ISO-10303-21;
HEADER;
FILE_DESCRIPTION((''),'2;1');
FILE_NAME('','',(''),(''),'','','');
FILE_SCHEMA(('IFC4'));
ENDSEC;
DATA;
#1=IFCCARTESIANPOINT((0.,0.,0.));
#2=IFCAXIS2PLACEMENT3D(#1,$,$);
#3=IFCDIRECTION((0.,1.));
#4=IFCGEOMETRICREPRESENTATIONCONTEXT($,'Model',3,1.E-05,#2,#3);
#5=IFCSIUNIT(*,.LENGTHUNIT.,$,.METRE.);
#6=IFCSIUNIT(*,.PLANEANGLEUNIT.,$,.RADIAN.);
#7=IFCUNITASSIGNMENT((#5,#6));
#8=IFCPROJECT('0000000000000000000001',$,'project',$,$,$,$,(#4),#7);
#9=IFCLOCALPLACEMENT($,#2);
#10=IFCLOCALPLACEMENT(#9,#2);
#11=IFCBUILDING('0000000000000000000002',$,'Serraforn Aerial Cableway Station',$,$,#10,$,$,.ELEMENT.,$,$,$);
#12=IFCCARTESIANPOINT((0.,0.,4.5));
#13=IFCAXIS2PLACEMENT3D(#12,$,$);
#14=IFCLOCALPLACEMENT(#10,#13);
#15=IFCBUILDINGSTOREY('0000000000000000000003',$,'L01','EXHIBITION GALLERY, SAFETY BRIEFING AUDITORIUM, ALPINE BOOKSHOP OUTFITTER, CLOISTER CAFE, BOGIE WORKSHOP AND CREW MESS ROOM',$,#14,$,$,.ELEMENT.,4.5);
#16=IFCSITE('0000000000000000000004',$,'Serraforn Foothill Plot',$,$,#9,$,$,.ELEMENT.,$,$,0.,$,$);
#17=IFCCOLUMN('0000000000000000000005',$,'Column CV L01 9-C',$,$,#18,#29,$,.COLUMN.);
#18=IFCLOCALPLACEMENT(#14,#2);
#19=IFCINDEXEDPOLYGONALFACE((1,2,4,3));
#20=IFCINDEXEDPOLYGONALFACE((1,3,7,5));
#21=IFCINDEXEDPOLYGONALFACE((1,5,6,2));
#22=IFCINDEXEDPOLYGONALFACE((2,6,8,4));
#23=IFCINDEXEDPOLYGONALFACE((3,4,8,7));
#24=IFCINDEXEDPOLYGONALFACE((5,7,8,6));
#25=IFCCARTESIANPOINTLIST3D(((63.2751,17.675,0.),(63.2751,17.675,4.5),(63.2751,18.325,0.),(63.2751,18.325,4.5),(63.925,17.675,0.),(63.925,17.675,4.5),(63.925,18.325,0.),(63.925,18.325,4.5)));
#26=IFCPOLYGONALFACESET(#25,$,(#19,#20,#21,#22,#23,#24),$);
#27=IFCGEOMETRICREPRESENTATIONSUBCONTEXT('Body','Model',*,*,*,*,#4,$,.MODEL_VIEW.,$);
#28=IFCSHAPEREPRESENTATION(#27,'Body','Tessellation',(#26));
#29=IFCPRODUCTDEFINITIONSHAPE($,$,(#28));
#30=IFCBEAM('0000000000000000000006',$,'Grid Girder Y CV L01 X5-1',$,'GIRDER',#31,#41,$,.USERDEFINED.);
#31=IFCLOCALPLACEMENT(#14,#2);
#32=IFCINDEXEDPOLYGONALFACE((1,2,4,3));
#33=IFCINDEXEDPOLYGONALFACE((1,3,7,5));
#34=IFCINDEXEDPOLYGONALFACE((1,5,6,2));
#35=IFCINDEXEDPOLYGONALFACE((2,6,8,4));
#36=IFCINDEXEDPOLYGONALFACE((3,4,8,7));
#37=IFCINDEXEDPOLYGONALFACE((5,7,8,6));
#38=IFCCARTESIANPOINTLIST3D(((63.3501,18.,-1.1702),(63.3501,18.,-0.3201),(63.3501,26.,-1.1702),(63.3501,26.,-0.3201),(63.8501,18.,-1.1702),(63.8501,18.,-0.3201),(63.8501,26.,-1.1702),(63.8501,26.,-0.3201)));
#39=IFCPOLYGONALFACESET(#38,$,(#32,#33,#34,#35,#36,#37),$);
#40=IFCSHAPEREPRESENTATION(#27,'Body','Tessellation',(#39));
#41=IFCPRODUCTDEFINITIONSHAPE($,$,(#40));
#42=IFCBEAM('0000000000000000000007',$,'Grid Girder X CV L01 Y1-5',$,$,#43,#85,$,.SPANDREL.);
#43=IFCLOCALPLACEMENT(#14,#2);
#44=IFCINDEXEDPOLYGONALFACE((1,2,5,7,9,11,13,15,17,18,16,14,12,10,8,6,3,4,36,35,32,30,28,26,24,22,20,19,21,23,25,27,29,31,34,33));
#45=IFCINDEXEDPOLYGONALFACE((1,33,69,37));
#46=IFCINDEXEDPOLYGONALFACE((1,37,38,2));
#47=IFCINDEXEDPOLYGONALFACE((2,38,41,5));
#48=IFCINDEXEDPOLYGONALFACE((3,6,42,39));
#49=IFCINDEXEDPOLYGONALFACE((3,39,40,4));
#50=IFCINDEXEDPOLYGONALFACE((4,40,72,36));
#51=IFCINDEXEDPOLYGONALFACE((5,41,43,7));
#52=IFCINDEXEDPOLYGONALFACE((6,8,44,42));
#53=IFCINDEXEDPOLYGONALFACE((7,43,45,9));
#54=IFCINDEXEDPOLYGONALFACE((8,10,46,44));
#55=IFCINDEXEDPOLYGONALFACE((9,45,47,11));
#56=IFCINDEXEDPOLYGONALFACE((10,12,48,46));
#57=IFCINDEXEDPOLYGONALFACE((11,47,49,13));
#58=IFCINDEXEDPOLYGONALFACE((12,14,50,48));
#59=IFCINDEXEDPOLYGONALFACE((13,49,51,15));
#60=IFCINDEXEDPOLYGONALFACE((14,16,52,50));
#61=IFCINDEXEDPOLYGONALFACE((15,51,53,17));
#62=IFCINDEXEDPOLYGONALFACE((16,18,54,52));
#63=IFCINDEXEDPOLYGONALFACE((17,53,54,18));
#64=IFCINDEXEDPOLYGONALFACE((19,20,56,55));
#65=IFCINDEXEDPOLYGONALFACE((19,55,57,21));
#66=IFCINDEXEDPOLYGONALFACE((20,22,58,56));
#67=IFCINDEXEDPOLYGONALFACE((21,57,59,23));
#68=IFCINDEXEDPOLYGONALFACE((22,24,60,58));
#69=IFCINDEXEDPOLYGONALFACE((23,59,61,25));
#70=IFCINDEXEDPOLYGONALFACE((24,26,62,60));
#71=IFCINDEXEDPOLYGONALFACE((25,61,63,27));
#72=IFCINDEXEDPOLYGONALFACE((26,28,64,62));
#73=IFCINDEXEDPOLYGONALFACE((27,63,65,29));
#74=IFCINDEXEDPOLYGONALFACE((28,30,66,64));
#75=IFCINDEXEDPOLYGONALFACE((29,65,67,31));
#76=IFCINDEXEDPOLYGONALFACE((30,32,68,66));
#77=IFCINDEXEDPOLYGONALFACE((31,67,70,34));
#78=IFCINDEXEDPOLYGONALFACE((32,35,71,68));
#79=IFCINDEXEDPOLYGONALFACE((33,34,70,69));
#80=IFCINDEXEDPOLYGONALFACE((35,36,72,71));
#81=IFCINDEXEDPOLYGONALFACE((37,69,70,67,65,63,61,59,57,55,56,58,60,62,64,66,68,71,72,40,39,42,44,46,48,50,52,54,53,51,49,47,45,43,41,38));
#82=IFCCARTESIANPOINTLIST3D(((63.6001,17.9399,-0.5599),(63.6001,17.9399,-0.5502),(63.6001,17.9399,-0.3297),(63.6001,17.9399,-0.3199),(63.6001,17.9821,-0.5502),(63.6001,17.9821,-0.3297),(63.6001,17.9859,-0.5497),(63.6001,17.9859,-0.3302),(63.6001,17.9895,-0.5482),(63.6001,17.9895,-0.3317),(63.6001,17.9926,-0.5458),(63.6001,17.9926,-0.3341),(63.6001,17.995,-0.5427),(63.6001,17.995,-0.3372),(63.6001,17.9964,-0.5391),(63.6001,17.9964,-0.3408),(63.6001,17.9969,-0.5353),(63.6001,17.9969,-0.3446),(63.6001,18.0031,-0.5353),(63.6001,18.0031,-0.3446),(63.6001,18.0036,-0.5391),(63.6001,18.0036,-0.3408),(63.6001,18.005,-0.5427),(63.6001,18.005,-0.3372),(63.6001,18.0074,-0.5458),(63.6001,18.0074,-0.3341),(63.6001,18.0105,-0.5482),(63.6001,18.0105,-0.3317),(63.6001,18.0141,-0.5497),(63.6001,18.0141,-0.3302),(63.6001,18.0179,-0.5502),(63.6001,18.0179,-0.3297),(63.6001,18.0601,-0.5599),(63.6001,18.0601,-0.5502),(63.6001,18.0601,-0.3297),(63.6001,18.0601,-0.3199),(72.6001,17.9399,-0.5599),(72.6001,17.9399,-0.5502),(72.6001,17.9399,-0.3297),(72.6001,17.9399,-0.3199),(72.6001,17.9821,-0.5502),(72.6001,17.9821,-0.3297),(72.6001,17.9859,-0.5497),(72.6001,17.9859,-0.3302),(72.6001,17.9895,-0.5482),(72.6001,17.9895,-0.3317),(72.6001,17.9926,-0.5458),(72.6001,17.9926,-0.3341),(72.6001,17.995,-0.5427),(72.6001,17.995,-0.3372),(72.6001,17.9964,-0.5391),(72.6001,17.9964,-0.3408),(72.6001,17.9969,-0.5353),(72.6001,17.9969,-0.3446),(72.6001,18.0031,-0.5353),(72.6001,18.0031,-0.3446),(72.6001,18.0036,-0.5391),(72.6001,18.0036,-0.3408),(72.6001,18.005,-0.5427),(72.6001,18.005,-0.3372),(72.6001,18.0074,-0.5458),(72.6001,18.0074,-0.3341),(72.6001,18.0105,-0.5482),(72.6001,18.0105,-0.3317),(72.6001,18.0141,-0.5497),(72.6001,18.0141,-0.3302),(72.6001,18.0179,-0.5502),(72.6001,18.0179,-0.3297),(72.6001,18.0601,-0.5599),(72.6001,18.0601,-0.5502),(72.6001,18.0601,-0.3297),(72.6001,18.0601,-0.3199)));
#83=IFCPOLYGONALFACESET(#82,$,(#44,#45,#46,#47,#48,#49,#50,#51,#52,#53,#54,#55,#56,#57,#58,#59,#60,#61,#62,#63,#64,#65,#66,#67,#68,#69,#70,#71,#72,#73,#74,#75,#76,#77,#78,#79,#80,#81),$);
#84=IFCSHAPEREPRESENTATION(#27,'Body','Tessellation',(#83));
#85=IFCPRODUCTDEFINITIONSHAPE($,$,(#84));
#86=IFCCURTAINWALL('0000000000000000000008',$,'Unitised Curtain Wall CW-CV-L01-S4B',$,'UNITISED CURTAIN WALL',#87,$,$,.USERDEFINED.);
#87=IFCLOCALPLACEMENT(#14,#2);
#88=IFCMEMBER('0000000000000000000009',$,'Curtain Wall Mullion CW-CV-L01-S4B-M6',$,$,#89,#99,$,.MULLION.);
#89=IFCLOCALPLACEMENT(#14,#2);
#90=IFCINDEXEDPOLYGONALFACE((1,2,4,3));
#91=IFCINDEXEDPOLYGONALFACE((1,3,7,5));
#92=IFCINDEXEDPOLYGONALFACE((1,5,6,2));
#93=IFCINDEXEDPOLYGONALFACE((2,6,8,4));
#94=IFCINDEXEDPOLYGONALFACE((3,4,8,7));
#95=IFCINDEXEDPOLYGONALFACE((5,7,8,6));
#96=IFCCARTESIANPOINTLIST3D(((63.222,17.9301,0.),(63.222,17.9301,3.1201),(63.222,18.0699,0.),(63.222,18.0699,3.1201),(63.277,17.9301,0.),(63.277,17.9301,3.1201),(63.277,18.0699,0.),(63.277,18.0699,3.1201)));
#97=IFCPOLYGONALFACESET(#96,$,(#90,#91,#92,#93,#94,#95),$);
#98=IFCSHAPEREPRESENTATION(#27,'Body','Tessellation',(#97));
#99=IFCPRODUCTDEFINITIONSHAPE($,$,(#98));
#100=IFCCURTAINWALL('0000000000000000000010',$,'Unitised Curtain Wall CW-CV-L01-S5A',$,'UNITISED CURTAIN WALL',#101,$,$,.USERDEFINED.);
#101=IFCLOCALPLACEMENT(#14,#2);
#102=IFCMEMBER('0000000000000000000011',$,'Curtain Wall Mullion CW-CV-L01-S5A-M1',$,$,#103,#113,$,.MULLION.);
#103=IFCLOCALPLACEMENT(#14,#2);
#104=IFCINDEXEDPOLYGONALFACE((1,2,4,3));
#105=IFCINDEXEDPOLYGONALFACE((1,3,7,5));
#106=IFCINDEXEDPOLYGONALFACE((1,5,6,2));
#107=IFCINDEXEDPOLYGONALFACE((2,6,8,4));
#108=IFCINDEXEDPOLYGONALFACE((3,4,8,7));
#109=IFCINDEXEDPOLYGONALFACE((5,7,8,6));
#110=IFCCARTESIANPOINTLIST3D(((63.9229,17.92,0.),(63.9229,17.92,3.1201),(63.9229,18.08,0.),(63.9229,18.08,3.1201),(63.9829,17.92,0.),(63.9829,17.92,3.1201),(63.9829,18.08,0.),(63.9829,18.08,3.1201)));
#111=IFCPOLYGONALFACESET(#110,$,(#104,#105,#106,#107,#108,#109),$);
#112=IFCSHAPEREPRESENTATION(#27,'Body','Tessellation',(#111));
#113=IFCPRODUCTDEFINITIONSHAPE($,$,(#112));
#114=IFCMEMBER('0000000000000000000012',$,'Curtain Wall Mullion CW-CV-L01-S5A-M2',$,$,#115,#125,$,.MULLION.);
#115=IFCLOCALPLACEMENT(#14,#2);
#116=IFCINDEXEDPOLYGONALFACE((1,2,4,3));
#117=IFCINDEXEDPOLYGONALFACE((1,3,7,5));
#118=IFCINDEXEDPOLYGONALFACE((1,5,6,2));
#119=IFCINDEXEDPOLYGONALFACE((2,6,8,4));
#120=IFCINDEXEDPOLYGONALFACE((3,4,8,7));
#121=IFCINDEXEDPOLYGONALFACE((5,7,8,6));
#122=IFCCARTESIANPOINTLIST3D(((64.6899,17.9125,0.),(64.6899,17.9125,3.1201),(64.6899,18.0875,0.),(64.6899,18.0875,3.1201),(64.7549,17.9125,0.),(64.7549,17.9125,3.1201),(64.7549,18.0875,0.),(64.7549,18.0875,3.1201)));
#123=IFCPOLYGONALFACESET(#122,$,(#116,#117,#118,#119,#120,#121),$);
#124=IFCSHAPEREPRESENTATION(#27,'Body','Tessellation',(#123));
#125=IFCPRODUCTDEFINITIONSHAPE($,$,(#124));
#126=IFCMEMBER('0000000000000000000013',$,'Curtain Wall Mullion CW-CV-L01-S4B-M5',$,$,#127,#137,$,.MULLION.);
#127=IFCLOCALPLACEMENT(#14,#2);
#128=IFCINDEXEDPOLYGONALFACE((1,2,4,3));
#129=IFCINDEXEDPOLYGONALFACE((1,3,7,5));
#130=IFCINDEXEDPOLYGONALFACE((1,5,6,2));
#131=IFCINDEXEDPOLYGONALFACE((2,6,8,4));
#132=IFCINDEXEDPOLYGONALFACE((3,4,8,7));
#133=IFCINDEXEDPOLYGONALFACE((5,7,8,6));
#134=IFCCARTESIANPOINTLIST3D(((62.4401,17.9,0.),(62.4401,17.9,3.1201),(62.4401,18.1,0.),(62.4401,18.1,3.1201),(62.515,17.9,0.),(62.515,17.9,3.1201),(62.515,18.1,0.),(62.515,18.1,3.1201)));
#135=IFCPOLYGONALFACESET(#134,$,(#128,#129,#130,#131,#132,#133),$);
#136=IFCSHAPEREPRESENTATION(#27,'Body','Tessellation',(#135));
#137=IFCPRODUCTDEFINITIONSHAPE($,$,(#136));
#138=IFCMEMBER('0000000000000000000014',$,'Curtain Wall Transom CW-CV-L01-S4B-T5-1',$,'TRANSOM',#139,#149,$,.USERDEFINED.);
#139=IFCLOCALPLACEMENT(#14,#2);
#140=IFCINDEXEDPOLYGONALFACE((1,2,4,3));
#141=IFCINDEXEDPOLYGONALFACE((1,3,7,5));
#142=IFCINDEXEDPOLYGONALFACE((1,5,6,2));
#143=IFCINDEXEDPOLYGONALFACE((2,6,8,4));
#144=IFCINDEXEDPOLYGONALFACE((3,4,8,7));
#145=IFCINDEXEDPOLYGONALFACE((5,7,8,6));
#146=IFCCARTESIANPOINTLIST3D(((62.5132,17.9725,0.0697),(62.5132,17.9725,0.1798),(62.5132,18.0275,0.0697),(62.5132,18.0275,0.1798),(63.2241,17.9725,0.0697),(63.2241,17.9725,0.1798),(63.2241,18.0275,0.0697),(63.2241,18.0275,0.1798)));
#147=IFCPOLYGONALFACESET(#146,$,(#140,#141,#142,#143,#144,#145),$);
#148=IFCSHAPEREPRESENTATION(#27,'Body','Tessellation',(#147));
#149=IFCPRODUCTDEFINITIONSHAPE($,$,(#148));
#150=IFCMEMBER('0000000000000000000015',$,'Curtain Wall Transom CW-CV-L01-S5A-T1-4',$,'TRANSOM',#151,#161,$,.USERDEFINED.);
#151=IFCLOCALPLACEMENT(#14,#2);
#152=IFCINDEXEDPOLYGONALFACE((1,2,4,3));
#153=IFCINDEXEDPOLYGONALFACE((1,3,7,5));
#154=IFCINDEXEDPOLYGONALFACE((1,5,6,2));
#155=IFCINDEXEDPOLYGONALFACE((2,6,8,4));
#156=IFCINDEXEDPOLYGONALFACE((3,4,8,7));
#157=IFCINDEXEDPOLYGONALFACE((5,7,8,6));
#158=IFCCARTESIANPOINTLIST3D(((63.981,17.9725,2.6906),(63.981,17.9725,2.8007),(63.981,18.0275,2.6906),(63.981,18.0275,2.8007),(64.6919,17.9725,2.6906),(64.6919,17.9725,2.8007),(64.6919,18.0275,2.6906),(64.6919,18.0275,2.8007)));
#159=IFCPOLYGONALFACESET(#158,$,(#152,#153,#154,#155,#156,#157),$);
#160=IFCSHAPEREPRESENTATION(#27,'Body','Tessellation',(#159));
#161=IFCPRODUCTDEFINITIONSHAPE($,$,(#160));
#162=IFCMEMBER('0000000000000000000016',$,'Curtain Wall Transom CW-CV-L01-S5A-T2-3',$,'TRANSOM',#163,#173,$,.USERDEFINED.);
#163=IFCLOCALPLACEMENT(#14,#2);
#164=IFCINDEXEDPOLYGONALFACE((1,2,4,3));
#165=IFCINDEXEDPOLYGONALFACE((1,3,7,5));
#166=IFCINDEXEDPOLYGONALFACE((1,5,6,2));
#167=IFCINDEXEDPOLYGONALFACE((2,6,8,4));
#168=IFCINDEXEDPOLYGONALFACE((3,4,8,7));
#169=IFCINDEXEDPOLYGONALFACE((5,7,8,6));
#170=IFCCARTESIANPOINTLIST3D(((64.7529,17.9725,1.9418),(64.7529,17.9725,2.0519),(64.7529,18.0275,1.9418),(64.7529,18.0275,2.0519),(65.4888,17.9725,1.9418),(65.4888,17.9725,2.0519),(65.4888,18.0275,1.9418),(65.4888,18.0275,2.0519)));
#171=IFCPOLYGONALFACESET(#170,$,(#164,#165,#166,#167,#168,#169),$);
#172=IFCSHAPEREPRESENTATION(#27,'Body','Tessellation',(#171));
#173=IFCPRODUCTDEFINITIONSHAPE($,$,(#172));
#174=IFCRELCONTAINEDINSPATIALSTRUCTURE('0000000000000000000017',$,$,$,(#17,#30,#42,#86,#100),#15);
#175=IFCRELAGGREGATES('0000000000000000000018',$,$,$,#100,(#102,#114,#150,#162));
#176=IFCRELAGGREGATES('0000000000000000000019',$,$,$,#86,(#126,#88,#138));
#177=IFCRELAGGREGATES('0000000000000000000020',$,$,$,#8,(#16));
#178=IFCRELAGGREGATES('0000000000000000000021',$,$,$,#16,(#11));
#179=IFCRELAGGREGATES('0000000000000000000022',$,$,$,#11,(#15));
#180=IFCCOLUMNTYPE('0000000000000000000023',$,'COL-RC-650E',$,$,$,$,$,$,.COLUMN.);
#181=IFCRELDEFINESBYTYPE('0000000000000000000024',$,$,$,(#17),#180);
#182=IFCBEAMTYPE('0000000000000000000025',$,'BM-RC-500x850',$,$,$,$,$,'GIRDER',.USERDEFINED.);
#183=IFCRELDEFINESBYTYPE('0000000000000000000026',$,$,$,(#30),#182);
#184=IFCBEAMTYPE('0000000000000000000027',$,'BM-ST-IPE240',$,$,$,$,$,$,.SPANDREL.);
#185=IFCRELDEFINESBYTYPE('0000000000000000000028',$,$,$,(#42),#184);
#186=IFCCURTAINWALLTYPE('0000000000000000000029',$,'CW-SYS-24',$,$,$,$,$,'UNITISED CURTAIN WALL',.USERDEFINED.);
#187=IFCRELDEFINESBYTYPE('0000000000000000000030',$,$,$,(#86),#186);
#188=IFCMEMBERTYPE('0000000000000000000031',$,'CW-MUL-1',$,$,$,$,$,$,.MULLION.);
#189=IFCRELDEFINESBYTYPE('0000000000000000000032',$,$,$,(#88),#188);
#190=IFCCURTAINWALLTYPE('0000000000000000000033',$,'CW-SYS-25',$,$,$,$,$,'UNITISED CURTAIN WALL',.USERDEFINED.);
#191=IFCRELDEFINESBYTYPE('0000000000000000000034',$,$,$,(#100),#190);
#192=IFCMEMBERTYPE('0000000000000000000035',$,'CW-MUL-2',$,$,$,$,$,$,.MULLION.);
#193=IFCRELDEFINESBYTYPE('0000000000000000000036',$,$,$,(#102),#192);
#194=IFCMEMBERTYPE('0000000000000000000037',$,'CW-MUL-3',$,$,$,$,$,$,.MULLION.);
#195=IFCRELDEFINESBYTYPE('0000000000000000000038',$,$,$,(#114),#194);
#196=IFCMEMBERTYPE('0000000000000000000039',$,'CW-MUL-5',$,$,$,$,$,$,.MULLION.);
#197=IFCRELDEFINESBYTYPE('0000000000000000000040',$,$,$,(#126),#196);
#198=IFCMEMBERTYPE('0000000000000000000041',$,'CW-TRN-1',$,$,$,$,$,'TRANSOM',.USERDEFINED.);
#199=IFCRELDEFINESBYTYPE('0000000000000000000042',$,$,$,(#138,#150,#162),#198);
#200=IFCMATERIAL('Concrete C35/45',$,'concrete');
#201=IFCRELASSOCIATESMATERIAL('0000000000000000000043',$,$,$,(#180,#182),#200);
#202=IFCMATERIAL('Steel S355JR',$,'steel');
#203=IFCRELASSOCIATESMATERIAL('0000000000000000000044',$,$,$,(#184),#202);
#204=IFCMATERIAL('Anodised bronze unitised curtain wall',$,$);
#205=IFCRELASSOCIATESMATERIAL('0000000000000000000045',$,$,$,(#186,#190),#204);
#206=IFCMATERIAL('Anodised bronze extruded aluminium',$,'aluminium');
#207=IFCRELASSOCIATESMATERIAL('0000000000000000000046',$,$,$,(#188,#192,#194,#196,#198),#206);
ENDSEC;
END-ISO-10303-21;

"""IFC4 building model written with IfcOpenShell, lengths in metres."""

from ifc_helpers import new_model, si_unit, direction, frame, origin, origin_2d, place, context, subcontext, project, spatial, rectangle, i_section, extrude, material, material_profile, profile_set, type_object, element, aggregate, save


model = new_model("IFC4")

# Units and contexts
model_context = context("Model", 3, precision=1e-05, world=origin(), true_north=direction((0.0, 1.0)))
body_context = subcontext(model_context, "Body", "Model", "MODEL_VIEW")
ifc_project = project(units=[si_unit("LENGTHUNIT", "METRE"), si_unit("PLANEANGLEUNIT", "RADIAN")], contexts=[model_context])

# Site, building, storey
site_placement = place(None, origin())
site = spatial("IfcSite", under=ifc_project, at=site_placement, Name="Serraforn Foothill Plot", CompositionType="ELEMENT", RefElevation=0.0)
building_placement = place(site_placement, origin())
building = spatial("IfcBuilding", under=site, at=building_placement, Name="Serraforn Aerial Cableway Station", CompositionType="ELEMENT")
storey_placement = place(building_placement, frame((0.0, 0.0, 4.5)))
storey = spatial("IfcBuildingStorey", under=building, at=storey_placement, Name="L01", Description="EXHIBITION GALLERY, SAFETY BRIEFING AUDITORIUM, ALPINE BOOKSHOP OUTFITTER, CLOISTER CAFE, BOGIE WORKSHOP AND CREW MESS ROOM", CompositionType="ELEMENT", Elevation=4.5)

# Column
ifc_material_1 = material(Name="Concrete C35/45", Category="concrete")
ifc_material_profile_1 = material_profile(ifc_material_1, rectangle(XDim=0.6499, YDim=0.6499, at=origin_2d()), Name="RC 650x650")
ifc_profile_set_1 = profile_set([ifc_material_profile_1], Name="Concrete C35/45")
column_type = type_object("IfcColumnType", Name="COL-RC-650E", PredefinedType="COLUMN", material=ifc_profile_set_1)
column_placement = place(storey_placement, frame((63.6001, 18.0, 0.0), z_axis=(0.0, 0.0, 1.0), x_axis=(1.0, 0.0, 0.0)))
element("IfcColumn", 1, at=column_placement, inside=storey, type_object=column_type, Name="Column CV L01 9-C", PredefinedType="COLUMN", context=body_context, shape_type="SweptSolid", body=[
    extrude(rectangle(XDim=0.6499, YDim=0.6499, at=origin_2d()), origin(), (0.0, 0.0, 1.0), 4.5),
])

# Beams
ifc_material_profile_2 = material_profile(ifc_material_1, rectangle(XDim=0.5, YDim=0.8501, at=origin_2d()), Name="RC 500x850")
ifc_profile_set_2 = profile_set([ifc_material_profile_2], Name="Concrete C35/45")
beam_type_1 = type_object("IfcBeamType", Name="BM-RC-500x850", ElementType="GIRDER", PredefinedType="USERDEFINED", material=ifc_profile_set_2)
beam_1_placement = place(storey_placement, frame((63.6001, 18.0, -0.7451), z_axis=(0.0, 1.0, 0.0), x_axis=(-1.0, 0.0, 0.0)))
element("IfcBeam", 2, at=beam_1_placement, inside=storey, type_object=beam_type_1, Name="Grid Girder Y CV L01 X5-1", ObjectType="GIRDER", PredefinedType="USERDEFINED", context=body_context, shape_type="SweptSolid", body=[
    extrude(rectangle(XDim=0.5, YDim=0.8501, at=origin_2d()), origin(), (0.0, 0.0, 1.0), 8.0),
])
ifc_material_2 = material(Name="Steel S355JR", Category="steel")
ifc_material_profile_3 = material_profile(ifc_material_2, i_section(OverallWidth=0.1201, OverallDepth=0.24, WebThickness=0.0061, FlangeThickness=0.0098, FilletRadius=0.0149, at=origin_2d()), Name="IPE 240")
ifc_profile_set_3 = profile_set([ifc_material_profile_3], Name="Steel S355JR")
beam_type_2 = type_object("IfcBeamType", Name="BM-ST-IPE240", PredefinedType="SPANDREL", material=ifc_profile_set_3)
beam_2_placement = place(storey_placement, frame((63.6001, 18.0, -0.4399), z_axis=(1.0, 0.0, 0.0), x_axis=(0.0, 1.0, 0.0)))
element("IfcBeam", 3, at=beam_2_placement, inside=storey, type_object=beam_type_2, Name="Grid Girder X CV L01 Y1-5", PredefinedType="SPANDREL", context=body_context, shape_type="SweptSolid", body=[
    extrude(i_section(OverallWidth=0.1201, OverallDepth=0.24, WebThickness=0.0061, FlangeThickness=0.0098, FilletRadius=0.0149, at=origin_2d()), origin(), (0.0, 0.0, 1.0), 9.0),
])

# Curtain wall, member
ifc_material_3 = material(Name="Anodised bronze unitised curtain wall")
curtain_wall_type_1 = type_object("IfcCurtainWallType", Name="CW-SYS-24", ElementType="UNITISED CURTAIN WALL", PredefinedType="USERDEFINED", material=ifc_material_3)
curtain_wall_1_placement = place(storey_placement, origin())
curtain_wall_1 = element("IfcCurtainWall", 4, at=curtain_wall_1_placement, inside=storey, type_object=curtain_wall_type_1, Name="Unitised Curtain Wall CW-CV-L01-S4B", ObjectType="UNITISED CURTAIN WALL", PredefinedType="USERDEFINED")
ifc_material_4 = material(Name="Anodised bronze extruded aluminium", Category="aluminium")
ifc_material_profile_4 = material_profile(ifc_material_4, rectangle(XDim=0.0549, YDim=0.1399, at=origin_2d()), Name="CW MULLION 55x140")
ifc_profile_set_4 = profile_set([ifc_material_profile_4], Name="Anodised bronze extruded aluminium")
member_type_1 = type_object("IfcMemberType", Name="CW-MUL-1", PredefinedType="MULLION", material=ifc_profile_set_4)
member_1_placement = place(storey_placement, frame((63.2495, 18.0, 0.0), z_axis=(0.0, 0.0, 1.0), x_axis=(1.0, 0.0, 0.0)))
member_1 = element("IfcMember", 5, at=member_1_placement, type_object=member_type_1, Name="Curtain Wall Mullion CW-CV-L01-S4B-M6", PredefinedType="MULLION", context=body_context, shape_type="SweptSolid", body=[
    extrude(rectangle(XDim=0.0549, YDim=0.1399, at=origin_2d()), origin(), (0.0, 0.0, 1.0), 3.1201),
])

# Curtain wall, members
curtain_wall_type_2 = type_object("IfcCurtainWallType", Name="CW-SYS-25", ElementType="UNITISED CURTAIN WALL", PredefinedType="USERDEFINED", material=ifc_material_3)
curtain_wall_2_placement = place(storey_placement, origin())
curtain_wall_2 = element("IfcCurtainWall", 6, at=curtain_wall_2_placement, inside=storey, type_object=curtain_wall_type_2, Name="Unitised Curtain Wall CW-CV-L01-S5A", ObjectType="UNITISED CURTAIN WALL", PredefinedType="USERDEFINED")
ifc_material_profile_5 = material_profile(ifc_material_4, rectangle(XDim=0.0601, YDim=0.1599, at=origin_2d()), Name="CW MULLION 60x160")
ifc_profile_set_5 = profile_set([ifc_material_profile_5], Name="Anodised bronze extruded aluminium")
member_type_2 = type_object("IfcMemberType", Name="CW-MUL-2", PredefinedType="MULLION", material=ifc_profile_set_5)
member_2_placement = place(storey_placement, frame((63.9529, 18.0, 0.0), z_axis=(0.0, 0.0, 1.0), x_axis=(1.0, 0.0, 0.0)))
member_2 = element("IfcMember", 7, at=member_2_placement, type_object=member_type_2, Name="Curtain Wall Mullion CW-CV-L01-S5A-M1", PredefinedType="MULLION", context=body_context, shape_type="SweptSolid", body=[
    extrude(rectangle(XDim=0.0601, YDim=0.1599, at=origin_2d()), origin(), (0.0, 0.0, 1.0), 3.1201),
])
ifc_material_profile_6 = material_profile(ifc_material_4, rectangle(XDim=0.0649, YDim=0.175, at=origin_2d()), Name="CW MULLION 65x175")
ifc_profile_set_6 = profile_set([ifc_material_profile_6], Name="Anodised bronze extruded aluminium")
member_type_3 = type_object("IfcMemberType", Name="CW-MUL-3", PredefinedType="MULLION", material=ifc_profile_set_6)
member_3_placement = place(storey_placement, frame((64.7224, 18.0, 0.0), z_axis=(0.0, 0.0, 1.0), x_axis=(1.0, 0.0, 0.0)))
member_3 = element("IfcMember", 8, at=member_3_placement, type_object=member_type_3, Name="Curtain Wall Mullion CW-CV-L01-S5A-M2", PredefinedType="MULLION", context=body_context, shape_type="SweptSolid", body=[
    extrude(rectangle(XDim=0.0649, YDim=0.175, at=origin_2d()), origin(), (0.0, 0.0, 1.0), 3.1201),
])

# Members
ifc_material_profile_7 = material_profile(ifc_material_4, rectangle(XDim=0.075, YDim=0.2, at=origin_2d()), Name="CW MULLION 75x200")
ifc_profile_set_7 = profile_set([ifc_material_profile_7], Name="Anodised bronze extruded aluminium")
member_type_4 = type_object("IfcMemberType", Name="CW-MUL-5", PredefinedType="MULLION", material=ifc_profile_set_7)
member_4_placement = place(storey_placement, frame((62.4775, 18.0, 0.0), z_axis=(0.0, 0.0, 1.0), x_axis=(1.0, 0.0, 0.0)))
member_4 = element("IfcMember", 9, at=member_4_placement, type_object=member_type_4, Name="Curtain Wall Mullion CW-CV-L01-S4B-M5", PredefinedType="MULLION", context=body_context, shape_type="SweptSolid", body=[
    extrude(rectangle(XDim=0.075, YDim=0.2, at=origin_2d()), origin(), (0.0, 0.0, 1.0), 3.1201),
])
ifc_material_profile_8 = material_profile(ifc_material_4, rectangle(XDim=0.0549, YDim=0.1101, at=origin_2d()), Name="CW TRANSOM 55x110")
ifc_profile_set_8 = profile_set([ifc_material_profile_8], Name="Anodised bronze extruded aluminium")
member_type_5 = type_object("IfcMemberType", Name="CW-TRN-1", ElementType="TRANSOM", PredefinedType="USERDEFINED", material=ifc_profile_set_8)
member_5_placement = place(storey_placement, frame((62.5132, 18.0, 0.1248), z_axis=(1.0, 0.0, 0.0), x_axis=(0.0, 1.0, 0.0)))
member_5 = element("IfcMember", 10, at=member_5_placement, type_object=member_type_5, Name="Curtain Wall Transom CW-CV-L01-S4B-T5-1", ObjectType="TRANSOM", PredefinedType="USERDEFINED", context=body_context, shape_type="SweptSolid", body=[
    extrude(rectangle(XDim=0.0549, YDim=0.1101, at=origin_2d()), origin(), (0.0, 0.0, 1.0), 0.7109),
])
member_6_placement = place(storey_placement, frame((63.981, 18.0, 2.7456), z_axis=(1.0, 0.0, 0.0), x_axis=(0.0, 1.0, 0.0)))
member_6 = element("IfcMember", 11, at=member_6_placement, type_object=member_type_5, Name="Curtain Wall Transom CW-CV-L01-S5A-T1-4", ObjectType="TRANSOM", PredefinedType="USERDEFINED", context=body_context, shape_type="SweptSolid", body=[
    extrude(rectangle(XDim=0.0549, YDim=0.1101, at=origin_2d()), origin(), (0.0, 0.0, 1.0), 0.7109),
])
member_7_placement = place(storey_placement, frame((64.7529, 18.0, 1.9968), z_axis=(1.0, 0.0, 0.0), x_axis=(0.0, 1.0, 0.0)))
member_7 = element("IfcMember", 12, at=member_7_placement, type_object=member_type_5, Name="Curtain Wall Transom CW-CV-L01-S5A-T2-3", ObjectType="TRANSOM", PredefinedType="USERDEFINED", context=body_context, shape_type="SweptSolid", body=[
    extrude(rectangle(XDim=0.0549, YDim=0.1101, at=origin_2d()), origin(), (0.0, 0.0, 1.0), 0.7358),
])

aggregate(curtain_wall_2, [member_2, member_3, member_6, member_7])
aggregate(curtain_wall_1, [member_4, member_1, member_5])

save(model, "model.ifc")
